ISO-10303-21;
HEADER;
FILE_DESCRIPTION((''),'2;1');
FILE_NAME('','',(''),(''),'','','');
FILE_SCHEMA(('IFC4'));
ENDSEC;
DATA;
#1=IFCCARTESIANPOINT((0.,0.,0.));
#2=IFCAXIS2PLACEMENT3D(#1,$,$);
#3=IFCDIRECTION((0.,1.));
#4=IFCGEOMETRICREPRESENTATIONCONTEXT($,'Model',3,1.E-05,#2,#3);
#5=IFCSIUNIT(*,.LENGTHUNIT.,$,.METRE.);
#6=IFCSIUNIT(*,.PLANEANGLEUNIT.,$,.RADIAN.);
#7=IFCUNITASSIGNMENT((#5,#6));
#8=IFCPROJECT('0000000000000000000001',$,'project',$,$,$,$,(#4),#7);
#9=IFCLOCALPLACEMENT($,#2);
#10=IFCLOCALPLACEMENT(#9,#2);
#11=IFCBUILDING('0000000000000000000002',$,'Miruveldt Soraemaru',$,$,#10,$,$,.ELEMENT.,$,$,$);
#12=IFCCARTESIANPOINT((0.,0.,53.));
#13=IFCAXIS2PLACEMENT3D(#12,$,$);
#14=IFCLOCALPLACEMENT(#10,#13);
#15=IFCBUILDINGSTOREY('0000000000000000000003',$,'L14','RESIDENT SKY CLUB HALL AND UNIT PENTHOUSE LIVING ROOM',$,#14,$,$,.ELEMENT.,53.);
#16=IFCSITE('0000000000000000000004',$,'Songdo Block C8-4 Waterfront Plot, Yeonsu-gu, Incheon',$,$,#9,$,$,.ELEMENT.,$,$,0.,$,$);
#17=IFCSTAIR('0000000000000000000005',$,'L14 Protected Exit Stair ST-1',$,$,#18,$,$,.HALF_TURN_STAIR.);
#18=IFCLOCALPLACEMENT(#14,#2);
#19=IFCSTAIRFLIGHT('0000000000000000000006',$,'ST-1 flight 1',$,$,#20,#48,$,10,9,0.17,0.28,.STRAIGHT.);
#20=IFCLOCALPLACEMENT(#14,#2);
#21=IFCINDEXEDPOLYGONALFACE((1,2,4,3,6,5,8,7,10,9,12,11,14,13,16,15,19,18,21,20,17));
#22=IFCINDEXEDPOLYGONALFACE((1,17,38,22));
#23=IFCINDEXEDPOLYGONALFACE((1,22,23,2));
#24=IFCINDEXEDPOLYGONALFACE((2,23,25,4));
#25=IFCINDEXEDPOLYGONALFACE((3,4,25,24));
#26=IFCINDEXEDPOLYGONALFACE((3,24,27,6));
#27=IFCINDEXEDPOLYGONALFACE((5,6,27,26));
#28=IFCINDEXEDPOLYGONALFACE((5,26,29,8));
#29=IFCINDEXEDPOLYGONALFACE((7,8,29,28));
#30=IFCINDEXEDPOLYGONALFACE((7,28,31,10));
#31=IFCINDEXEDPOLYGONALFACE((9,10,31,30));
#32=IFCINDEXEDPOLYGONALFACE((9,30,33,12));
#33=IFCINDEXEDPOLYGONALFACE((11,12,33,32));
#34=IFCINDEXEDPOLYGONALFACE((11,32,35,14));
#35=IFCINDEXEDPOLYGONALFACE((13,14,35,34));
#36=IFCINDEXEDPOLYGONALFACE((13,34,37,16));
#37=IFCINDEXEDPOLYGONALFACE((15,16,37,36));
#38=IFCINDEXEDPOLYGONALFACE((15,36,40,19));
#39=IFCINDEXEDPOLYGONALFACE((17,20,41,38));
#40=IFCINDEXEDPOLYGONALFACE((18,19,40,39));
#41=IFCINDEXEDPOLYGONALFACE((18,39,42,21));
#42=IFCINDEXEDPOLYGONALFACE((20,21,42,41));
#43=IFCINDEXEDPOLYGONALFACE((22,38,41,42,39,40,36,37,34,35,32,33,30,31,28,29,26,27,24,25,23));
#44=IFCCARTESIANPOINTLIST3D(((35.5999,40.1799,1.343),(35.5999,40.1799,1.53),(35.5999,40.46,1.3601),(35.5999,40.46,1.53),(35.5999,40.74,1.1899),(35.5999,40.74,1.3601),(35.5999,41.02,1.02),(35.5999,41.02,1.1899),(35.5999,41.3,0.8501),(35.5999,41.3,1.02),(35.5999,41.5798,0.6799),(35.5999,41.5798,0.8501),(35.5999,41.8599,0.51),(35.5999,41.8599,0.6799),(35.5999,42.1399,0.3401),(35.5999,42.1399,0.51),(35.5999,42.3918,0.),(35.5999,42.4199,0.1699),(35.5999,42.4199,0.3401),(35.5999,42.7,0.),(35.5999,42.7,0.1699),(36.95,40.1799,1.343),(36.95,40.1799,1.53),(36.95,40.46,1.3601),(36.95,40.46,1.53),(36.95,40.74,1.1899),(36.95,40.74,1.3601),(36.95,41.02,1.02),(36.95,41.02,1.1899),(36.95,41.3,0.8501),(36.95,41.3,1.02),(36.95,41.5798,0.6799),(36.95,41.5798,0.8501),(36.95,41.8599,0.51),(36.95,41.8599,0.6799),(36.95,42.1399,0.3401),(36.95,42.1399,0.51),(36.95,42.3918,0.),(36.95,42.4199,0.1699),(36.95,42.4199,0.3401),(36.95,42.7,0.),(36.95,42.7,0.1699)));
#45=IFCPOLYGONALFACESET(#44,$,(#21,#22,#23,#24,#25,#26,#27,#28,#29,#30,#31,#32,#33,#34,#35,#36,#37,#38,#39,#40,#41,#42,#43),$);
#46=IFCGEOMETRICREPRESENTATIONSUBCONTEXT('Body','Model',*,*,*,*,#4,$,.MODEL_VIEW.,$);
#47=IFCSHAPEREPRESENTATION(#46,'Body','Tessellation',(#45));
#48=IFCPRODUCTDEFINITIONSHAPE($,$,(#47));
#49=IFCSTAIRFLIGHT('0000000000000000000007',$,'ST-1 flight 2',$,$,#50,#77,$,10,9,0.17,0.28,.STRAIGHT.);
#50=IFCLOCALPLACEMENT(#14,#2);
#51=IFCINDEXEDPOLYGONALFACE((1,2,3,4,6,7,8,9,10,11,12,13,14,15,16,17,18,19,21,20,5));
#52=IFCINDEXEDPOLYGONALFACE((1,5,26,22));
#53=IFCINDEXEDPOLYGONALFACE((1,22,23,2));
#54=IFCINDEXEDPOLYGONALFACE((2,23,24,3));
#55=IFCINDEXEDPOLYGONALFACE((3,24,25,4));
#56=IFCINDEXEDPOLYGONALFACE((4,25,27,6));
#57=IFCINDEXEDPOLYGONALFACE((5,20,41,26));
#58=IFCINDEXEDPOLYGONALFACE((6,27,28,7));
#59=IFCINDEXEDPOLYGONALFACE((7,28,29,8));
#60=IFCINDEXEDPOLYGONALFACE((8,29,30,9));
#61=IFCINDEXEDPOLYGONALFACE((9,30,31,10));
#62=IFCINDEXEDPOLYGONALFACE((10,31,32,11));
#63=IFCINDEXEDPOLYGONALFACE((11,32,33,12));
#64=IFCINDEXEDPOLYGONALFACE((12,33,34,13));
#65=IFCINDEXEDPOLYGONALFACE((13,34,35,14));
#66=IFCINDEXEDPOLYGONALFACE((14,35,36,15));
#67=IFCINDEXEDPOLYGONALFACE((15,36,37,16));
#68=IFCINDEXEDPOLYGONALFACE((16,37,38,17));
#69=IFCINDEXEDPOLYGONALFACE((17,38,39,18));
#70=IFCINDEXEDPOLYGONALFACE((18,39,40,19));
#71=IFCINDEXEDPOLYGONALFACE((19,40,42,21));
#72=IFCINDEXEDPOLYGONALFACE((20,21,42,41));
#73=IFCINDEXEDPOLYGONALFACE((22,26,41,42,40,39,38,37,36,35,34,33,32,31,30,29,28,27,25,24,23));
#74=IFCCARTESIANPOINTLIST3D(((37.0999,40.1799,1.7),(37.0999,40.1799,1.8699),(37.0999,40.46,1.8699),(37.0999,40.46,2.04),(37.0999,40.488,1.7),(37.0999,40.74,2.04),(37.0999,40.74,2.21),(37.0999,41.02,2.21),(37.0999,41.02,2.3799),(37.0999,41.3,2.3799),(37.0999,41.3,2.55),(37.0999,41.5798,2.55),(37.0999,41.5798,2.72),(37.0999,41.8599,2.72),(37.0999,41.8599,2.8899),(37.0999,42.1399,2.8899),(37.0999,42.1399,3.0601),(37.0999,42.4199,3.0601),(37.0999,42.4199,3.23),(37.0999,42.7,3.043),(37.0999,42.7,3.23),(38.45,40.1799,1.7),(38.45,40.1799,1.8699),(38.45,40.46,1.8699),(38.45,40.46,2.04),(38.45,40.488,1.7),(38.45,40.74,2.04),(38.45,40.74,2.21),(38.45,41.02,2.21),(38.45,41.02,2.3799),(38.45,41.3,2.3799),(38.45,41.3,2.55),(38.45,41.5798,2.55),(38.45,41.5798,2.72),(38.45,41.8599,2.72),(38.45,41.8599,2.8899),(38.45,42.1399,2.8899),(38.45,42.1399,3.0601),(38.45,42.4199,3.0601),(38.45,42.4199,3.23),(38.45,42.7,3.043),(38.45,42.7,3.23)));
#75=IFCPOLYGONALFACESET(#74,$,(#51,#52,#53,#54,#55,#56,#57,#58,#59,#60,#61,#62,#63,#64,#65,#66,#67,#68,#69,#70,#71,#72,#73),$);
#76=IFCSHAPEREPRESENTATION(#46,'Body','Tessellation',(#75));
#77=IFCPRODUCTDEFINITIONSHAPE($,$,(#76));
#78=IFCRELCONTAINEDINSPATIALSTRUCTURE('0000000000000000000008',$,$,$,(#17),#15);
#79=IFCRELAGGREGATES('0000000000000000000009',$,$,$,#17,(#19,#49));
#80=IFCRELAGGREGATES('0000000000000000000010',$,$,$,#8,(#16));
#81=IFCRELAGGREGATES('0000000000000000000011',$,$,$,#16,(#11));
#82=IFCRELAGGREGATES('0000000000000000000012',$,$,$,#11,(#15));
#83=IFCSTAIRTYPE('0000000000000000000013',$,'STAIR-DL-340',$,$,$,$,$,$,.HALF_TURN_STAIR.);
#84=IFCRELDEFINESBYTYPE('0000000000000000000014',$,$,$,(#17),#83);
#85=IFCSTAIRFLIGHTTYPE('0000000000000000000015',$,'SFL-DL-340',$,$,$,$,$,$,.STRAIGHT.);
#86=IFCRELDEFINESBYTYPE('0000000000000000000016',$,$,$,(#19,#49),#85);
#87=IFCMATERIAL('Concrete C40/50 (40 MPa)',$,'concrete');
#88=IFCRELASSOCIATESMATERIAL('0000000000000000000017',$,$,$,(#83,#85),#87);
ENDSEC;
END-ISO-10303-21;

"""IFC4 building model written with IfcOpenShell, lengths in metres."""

from ifc_helpers import new_model, si_unit, direction, frame, origin, place, context, subcontext, project, spatial, polyline, outline, extrude, material, type_object, element, aggregate, save


model = new_model("IFC4")

# Units and contexts
model_context = context("Model", 3, precision=1e-05, world=origin(), true_north=direction((0.0, 1.0)))
body_context = subcontext(model_context, "Body", "Model", "MODEL_VIEW")
ifc_project = project(units=[si_unit("LENGTHUNIT", "METRE"), si_unit("PLANEANGLEUNIT", "RADIAN")], contexts=[model_context])

# Site, building, storey
site_placement = place(None, origin())
site = spatial("IfcSite", under=ifc_project, at=site_placement, Name="Songdo Block C8-4 Waterfront Plot, Yeonsu-gu, Incheon", CompositionType="ELEMENT", RefElevation=0.0)
building_placement = place(site_placement, origin())
building = spatial("IfcBuilding", under=site, at=building_placement, Name="Miruveldt Soraemaru", CompositionType="ELEMENT")
storey_placement = place(building_placement, frame((0.0, 0.0, 53.0)))
storey = spatial("IfcBuildingStorey", under=building, at=storey_placement, Name="L14", Description="RESIDENT SKY CLUB HALL AND UNIT PENTHOUSE LIVING ROOM", CompositionType="ELEMENT", Elevation=53.0)

# Shared definitions
ifc_material_1 = material(Name="Concrete C40/50 (40 MPa)", Category="concrete")

# Stair, stair flights
stair_type = type_object("IfcStairType", Name="STAIR-DL-340", PredefinedType="HALF_TURN_STAIR", material=ifc_material_1)
stair_placement = place(storey_placement, origin())
stair = element("IfcStair", 1, at=stair_placement, inside=storey, type_object=stair_type, Name="L14 Protected Exit Stair ST-1", PredefinedType="HALF_TURN_STAIR")
stair_flight_type = type_object("IfcStairFlightType", Name="SFL-DL-340", PredefinedType="STRAIGHT", material=ifc_material_1)
stair_flight_1_placement = place(storey_placement, frame((36.2749, 42.7, 0.0), z_axis=(0.0, 0.0, 1.0), x_axis=(0.0, -1.0, 0.0)))
stair_flight_1 = element("IfcStairFlight", 2, at=stair_flight_1_placement, type_object=stair_flight_type, Name="ST-1 flight 1", NumberOfRisers=10, NumberOfTreads=9, PredefinedType="STRAIGHT", RiserHeight=0.17, TreadLength=0.28, context=body_context, shape_type="SweptSolid", body=[
    extrude(outline(polyline([(0.0, 0.0), (0.0, 0.1699), (0.28, 0.1699), (0.28, 0.3401), (0.5601, 0.3401), (0.5601, 0.51), (0.8401, 0.51), (0.8401, 0.6799), (1.1201, 0.6799), (1.1201, 0.8501), (1.3999, 0.8501), (1.3999, 1.02), (1.6799, 1.02), (1.6799, 1.1899), (1.96, 1.1899), (1.96, 1.3601), (2.24, 1.3601), (2.24, 1.53), (2.52, 1.53), (2.52, 1.7), (2.52, 1.343), (0.3081, 0.0), (0.0, 0.0)])), frame((0.0, 0.675, 0.0), z_axis=(0.0, -1.0, 0.0), x_axis=(1.0, 0.0, 0.0)), (0.0, 0.0, 1.0), 1.3501),
])
stair_flight_2_placement = place(storey_placement, frame((37.7749, 40.1799, 1.7), z_axis=(0.0, 0.0, 1.0), x_axis=(0.0, 1.0, 0.0)))
stair_flight_2 = element("IfcStairFlight", 3, at=stair_flight_2_placement, type_object=stair_flight_type, Name="ST-1 flight 2", NumberOfRisers=10, NumberOfTreads=9, PredefinedType="STRAIGHT", RiserHeight=0.17, TreadLength=0.28, context=body_context, shape_type="SweptSolid", body=[
    extrude(outline(polyline([(0.0, 0.0), (0.0, 0.1699), (0.28, 0.1699), (0.28, 0.3401), (0.5601, 0.3401), (0.5601, 0.51), (0.8401, 0.51), (0.8401, 0.6799), (1.1201, 0.6799), (1.1201, 0.8501), (1.3999, 0.8501), (1.3999, 1.02), (1.6799, 1.02), (1.6799, 1.1899), (1.96, 1.1899), (1.96, 1.3601), (2.24, 1.3601), (2.24, 1.53), (2.52, 1.53), (2.52, 1.7), (2.52, 1.343), (0.3081, 0.0), (0.0, 0.0)])), frame((0.0, 0.675, 0.0), z_axis=(0.0, -1.0, 0.0), x_axis=(1.0, 0.0, 0.0)), (0.0, 0.0, 1.0), 1.3501),
])
aggregate(stair, [stair_flight_1, stair_flight_2])

save(model, "model.ifc")
